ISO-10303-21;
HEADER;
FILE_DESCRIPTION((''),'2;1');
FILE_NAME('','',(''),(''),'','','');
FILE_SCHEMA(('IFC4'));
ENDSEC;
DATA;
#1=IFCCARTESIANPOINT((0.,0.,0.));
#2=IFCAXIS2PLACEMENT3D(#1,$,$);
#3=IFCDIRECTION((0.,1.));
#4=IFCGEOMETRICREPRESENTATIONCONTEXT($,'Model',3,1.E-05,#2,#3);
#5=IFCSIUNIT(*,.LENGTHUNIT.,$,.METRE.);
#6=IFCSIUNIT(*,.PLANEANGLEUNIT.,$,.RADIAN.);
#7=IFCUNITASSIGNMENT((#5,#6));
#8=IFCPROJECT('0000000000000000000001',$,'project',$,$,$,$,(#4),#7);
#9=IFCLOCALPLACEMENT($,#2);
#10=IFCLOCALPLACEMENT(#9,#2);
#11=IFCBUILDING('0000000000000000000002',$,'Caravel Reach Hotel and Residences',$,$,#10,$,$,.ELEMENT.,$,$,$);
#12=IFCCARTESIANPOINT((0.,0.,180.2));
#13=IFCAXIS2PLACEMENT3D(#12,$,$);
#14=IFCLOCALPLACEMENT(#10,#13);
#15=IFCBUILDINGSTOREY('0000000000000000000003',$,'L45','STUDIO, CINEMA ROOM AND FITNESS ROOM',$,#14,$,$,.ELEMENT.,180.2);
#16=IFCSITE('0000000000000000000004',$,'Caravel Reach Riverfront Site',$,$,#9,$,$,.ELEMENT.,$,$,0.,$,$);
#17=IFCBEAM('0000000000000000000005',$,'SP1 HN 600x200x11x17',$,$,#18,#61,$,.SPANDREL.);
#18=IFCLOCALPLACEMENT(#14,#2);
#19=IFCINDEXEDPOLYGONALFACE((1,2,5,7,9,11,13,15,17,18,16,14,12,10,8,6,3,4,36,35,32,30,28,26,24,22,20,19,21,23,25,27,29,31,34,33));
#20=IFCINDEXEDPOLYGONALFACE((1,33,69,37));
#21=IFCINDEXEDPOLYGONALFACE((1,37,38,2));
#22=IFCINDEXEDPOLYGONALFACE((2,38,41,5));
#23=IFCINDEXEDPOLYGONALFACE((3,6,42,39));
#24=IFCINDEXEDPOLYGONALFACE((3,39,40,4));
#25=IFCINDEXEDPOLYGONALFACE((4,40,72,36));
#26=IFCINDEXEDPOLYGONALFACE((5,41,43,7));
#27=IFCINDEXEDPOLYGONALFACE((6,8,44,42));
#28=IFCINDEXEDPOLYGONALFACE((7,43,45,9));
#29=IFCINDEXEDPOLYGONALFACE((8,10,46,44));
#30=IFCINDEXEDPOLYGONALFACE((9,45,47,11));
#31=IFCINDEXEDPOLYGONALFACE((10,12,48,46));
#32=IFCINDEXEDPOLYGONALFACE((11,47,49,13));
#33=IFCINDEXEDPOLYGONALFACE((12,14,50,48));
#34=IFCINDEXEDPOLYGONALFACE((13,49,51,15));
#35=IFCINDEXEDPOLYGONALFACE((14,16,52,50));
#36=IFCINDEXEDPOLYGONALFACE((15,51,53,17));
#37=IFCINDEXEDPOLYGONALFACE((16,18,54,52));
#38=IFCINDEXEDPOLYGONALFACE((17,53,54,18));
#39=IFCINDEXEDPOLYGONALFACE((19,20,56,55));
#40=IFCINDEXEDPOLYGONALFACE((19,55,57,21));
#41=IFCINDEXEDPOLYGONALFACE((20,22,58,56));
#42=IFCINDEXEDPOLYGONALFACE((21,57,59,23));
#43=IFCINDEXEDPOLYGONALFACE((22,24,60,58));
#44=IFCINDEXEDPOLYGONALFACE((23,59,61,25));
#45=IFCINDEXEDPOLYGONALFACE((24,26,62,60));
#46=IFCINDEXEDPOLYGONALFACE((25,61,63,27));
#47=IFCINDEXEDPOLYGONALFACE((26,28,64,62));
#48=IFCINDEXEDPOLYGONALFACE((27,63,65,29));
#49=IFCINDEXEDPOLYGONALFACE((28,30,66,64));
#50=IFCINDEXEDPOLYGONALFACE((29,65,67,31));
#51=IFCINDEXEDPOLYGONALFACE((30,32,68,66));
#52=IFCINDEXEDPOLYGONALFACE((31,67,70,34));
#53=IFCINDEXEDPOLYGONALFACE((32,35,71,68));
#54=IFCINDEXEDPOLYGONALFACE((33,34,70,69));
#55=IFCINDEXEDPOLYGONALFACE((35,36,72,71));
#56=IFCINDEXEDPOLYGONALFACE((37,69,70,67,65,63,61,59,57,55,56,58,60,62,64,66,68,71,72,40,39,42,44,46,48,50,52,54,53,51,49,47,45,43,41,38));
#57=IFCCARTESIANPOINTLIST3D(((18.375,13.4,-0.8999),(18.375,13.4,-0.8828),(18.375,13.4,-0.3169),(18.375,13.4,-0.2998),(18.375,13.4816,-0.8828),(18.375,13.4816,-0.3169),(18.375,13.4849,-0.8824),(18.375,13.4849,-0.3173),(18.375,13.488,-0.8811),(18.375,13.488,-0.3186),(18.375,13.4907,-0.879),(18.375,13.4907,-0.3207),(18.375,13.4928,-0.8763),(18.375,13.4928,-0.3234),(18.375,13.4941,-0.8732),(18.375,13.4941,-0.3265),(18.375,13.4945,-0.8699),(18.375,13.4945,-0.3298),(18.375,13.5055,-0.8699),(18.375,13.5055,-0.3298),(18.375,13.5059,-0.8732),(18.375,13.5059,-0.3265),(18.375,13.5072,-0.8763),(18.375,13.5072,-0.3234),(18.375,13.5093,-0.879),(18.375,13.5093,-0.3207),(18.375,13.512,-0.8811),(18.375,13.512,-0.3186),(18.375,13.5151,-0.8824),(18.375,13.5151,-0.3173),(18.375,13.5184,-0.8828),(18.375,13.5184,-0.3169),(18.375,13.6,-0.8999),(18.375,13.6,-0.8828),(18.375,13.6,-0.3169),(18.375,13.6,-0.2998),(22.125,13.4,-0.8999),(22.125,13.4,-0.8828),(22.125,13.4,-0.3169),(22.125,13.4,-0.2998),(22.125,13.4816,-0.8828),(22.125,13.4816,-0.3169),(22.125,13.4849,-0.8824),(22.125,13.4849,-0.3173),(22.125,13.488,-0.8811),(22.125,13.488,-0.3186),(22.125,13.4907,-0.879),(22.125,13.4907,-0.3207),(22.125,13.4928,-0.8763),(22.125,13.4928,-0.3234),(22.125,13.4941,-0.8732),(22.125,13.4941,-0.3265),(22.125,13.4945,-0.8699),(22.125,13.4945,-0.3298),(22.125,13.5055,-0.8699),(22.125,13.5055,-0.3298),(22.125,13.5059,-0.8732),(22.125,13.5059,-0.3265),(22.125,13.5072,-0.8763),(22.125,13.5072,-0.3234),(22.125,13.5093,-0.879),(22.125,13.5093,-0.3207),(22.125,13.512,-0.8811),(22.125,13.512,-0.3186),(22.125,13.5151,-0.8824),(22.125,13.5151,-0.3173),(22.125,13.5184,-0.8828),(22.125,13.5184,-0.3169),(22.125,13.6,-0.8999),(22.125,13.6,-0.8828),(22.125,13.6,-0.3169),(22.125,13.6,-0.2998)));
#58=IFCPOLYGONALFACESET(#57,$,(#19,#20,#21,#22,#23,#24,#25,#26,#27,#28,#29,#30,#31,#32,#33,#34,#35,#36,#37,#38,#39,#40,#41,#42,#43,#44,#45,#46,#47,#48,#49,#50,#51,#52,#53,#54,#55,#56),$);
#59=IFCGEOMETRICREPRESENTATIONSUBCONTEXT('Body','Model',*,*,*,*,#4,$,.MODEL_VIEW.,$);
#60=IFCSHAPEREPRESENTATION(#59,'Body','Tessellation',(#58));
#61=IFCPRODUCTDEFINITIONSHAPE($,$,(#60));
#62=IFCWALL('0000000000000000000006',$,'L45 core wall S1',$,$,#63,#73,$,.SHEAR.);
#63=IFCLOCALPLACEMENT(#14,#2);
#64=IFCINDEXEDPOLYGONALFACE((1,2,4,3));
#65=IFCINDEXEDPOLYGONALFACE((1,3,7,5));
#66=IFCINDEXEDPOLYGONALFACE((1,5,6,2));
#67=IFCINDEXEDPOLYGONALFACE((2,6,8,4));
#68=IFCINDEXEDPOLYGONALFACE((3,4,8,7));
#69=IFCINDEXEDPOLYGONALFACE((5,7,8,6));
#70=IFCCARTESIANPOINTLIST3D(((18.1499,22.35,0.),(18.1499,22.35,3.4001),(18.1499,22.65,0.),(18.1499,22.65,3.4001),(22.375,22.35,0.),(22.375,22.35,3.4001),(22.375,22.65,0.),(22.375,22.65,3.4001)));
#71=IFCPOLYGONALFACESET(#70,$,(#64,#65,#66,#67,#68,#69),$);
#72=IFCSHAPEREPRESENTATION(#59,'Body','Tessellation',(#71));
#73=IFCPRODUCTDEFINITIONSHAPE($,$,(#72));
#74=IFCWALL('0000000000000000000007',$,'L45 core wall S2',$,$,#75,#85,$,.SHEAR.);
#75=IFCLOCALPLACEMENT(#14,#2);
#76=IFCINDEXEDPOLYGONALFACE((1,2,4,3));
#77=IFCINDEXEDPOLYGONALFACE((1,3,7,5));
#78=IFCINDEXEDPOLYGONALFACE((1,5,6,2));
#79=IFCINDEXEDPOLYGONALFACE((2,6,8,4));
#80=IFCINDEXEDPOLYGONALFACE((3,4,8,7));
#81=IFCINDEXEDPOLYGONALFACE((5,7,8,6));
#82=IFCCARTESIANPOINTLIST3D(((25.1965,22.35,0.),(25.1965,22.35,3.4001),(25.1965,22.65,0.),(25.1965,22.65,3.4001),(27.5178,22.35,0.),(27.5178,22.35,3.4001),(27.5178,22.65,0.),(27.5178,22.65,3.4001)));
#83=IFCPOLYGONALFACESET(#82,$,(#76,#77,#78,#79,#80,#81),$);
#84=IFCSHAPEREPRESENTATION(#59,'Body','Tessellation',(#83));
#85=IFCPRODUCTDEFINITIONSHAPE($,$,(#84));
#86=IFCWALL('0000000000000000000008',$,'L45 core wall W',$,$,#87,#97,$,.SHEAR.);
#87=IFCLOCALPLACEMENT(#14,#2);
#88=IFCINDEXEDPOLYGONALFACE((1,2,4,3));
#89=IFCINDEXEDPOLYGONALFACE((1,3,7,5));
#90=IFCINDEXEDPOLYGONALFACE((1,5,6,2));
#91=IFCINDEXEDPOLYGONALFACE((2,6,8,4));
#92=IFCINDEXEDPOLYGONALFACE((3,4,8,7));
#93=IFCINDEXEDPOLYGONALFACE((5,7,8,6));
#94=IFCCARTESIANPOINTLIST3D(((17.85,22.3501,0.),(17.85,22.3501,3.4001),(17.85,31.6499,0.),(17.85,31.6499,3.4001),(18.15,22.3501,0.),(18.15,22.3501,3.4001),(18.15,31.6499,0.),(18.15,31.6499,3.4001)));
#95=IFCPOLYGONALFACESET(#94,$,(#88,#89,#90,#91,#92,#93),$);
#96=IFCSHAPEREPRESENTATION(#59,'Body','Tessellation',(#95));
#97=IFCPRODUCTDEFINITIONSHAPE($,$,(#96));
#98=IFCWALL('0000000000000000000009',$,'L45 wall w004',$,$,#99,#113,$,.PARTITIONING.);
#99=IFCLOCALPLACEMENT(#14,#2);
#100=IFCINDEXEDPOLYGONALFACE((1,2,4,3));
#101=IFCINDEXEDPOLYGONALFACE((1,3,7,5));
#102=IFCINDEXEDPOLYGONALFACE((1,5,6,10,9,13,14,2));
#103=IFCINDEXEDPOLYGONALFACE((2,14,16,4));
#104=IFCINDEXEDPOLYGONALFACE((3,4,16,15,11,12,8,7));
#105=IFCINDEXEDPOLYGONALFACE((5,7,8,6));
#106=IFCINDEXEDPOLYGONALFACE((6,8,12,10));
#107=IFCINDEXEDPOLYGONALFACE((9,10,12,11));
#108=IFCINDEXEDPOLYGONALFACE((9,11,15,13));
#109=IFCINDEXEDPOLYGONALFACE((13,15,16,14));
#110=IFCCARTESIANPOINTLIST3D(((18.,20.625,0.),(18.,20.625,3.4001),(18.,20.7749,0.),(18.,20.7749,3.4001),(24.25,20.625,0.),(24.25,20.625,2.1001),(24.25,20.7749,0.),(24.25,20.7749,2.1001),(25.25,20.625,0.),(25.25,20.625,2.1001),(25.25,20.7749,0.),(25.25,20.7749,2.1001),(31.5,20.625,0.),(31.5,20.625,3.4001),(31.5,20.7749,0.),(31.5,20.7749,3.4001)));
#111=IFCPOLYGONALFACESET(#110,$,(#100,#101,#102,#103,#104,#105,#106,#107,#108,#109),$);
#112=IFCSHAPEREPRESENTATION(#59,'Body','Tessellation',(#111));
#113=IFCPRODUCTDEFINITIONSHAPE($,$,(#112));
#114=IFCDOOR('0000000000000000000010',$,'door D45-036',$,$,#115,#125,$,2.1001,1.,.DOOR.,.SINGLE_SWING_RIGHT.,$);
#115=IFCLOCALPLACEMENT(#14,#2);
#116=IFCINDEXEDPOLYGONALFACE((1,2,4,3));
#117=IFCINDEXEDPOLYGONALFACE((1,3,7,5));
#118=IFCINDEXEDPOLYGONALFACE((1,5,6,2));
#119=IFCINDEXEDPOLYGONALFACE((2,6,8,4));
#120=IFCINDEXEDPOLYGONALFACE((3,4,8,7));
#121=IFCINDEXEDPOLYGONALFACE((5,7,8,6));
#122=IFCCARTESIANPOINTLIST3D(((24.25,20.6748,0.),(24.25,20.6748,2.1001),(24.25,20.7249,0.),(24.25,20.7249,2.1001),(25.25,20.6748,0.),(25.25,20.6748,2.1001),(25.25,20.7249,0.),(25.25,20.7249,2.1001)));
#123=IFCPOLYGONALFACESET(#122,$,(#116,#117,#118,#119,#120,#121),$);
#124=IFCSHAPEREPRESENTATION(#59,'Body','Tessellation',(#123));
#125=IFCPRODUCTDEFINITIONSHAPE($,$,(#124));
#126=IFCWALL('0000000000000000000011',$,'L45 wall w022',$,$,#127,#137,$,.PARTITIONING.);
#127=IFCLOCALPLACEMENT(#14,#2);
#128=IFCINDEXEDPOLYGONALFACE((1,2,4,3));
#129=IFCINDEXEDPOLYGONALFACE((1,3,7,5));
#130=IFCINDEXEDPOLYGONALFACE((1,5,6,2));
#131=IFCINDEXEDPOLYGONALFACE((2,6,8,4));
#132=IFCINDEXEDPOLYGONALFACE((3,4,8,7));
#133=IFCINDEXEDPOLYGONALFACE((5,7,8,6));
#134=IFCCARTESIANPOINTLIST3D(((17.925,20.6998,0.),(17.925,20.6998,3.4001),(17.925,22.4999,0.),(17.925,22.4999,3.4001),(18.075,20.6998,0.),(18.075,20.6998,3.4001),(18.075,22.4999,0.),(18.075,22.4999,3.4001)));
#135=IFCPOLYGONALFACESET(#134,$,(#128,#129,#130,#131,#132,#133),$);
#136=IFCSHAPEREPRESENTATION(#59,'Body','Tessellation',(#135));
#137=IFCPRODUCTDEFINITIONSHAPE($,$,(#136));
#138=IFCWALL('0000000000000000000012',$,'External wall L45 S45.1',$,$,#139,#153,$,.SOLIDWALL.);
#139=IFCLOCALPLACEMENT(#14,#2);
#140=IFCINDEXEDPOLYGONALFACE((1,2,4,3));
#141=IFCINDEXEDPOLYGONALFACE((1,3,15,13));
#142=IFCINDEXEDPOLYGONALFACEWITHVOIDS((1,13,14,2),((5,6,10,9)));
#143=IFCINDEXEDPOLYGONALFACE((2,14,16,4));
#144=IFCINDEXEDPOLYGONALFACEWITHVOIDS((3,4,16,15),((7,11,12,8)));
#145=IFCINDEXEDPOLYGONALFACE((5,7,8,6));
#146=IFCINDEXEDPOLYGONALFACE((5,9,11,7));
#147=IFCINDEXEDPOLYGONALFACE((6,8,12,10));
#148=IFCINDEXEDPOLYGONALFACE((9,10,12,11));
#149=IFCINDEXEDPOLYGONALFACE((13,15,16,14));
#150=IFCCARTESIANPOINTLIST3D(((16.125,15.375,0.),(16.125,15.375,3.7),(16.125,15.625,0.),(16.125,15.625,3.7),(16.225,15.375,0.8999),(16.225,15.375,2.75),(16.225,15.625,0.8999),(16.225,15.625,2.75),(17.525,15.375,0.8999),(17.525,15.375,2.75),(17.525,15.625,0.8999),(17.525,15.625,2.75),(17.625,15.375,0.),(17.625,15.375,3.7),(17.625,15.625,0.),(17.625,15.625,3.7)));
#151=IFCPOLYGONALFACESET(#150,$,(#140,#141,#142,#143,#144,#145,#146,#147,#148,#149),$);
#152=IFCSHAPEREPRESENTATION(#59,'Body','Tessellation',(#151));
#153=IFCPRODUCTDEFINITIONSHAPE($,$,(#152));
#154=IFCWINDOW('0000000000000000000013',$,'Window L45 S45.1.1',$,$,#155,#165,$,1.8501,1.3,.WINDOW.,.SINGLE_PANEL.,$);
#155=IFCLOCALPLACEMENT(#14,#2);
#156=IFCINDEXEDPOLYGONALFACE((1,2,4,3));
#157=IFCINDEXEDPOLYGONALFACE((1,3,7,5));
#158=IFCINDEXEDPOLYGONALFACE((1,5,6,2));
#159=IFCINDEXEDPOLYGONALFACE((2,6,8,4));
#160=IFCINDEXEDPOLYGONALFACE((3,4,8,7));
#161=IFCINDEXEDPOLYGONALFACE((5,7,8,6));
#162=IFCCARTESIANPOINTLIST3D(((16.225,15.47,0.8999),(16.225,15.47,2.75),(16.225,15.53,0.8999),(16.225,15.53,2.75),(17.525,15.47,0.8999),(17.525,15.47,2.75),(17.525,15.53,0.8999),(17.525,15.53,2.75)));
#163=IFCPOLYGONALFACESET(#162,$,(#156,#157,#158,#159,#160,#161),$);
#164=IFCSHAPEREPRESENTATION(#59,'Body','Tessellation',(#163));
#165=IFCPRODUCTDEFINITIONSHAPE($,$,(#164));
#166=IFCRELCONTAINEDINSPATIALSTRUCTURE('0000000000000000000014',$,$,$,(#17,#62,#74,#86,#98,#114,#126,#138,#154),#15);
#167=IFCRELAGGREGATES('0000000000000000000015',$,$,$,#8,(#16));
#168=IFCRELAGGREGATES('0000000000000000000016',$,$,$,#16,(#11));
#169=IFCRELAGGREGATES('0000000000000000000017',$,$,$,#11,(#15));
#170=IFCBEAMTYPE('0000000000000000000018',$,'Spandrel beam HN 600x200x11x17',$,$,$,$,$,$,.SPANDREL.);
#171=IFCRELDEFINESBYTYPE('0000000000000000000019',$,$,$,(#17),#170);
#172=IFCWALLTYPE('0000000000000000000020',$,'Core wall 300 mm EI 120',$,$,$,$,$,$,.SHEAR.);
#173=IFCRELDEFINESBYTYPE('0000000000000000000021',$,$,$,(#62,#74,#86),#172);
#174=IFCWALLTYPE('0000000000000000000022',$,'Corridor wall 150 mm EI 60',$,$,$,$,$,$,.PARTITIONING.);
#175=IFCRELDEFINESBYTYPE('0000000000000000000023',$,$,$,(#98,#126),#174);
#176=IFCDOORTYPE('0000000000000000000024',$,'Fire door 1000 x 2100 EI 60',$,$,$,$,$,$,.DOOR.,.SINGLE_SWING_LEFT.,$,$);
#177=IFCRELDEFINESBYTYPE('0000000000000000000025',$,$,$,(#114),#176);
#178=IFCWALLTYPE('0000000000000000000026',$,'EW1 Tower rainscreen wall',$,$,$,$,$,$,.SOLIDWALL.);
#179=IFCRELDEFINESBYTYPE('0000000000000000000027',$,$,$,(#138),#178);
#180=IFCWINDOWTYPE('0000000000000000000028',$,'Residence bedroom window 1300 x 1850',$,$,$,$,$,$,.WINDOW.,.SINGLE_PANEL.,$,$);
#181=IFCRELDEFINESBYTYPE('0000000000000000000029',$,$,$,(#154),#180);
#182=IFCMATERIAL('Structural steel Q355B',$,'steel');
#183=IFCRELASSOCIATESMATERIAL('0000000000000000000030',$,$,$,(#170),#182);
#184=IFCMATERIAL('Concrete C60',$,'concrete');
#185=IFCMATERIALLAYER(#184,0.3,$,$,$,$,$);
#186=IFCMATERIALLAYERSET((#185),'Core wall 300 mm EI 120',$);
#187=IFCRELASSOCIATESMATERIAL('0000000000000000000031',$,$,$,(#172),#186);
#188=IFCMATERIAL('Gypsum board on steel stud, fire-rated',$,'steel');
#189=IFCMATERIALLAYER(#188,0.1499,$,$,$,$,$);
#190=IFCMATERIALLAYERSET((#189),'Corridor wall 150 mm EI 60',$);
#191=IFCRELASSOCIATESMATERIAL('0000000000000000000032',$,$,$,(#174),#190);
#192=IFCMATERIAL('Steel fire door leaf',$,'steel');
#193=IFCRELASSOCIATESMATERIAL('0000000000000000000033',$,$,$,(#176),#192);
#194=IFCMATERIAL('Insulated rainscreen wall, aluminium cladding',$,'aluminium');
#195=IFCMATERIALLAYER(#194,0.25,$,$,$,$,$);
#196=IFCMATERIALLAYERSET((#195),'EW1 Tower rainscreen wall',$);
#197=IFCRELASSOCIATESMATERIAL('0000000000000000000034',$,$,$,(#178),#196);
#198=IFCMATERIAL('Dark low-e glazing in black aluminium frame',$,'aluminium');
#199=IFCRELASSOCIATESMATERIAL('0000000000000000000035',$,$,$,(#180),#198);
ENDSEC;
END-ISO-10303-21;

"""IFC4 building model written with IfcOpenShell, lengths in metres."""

from ifc_helpers import new_model, si_unit, direction, frame, frame_2d, origin, origin_2d, place, context, subcontext, project, spatial, rectangle, i_section, extrude, material, layer, layer_set, material_profile, profile_set, type_object, element, fill, save


model = new_model("IFC4")

# Units and contexts
model_context = context("Model", 3, precision=1e-05, world=origin(), true_north=direction((0.0, 1.0)))
body_context = subcontext(model_context, "Body", "Model", "MODEL_VIEW")
ifc_project = project(units=[si_unit("LENGTHUNIT", "METRE"), si_unit("PLANEANGLEUNIT", "RADIAN")], contexts=[model_context])

# Site, building, storey
site_placement = place(None, origin())
site = spatial("IfcSite", under=ifc_project, at=site_placement, Name="Caravel Reach Riverfront Site", CompositionType="ELEMENT", RefElevation=0.0)
building_placement = place(site_placement, origin())
building = spatial("IfcBuilding", under=site, at=building_placement, Name="Caravel Reach Hotel and Residences", CompositionType="ELEMENT")
storey_placement = place(building_placement, frame((0.0, 0.0, 180.2)))
storey = spatial("IfcBuildingStorey", under=building, at=storey_placement, Name="L45", Description="STUDIO, CINEMA ROOM AND FITNESS ROOM", CompositionType="ELEMENT", Elevation=180.2)

# Beam
ifc_material_1 = material(Name="Structural steel Q355B", Category="steel")
ifc_material_profile_1 = material_profile(ifc_material_1, i_section(OverallWidth=0.2, OverallDepth=0.6001, WebThickness=0.011, FlangeThickness=0.0171, FilletRadius=0.0129, at=origin_2d()), Name="HN 600x200x11x17")
ifc_profile_set_1 = profile_set([ifc_material_profile_1], Name="Structural steel Q355B")
beam_type_1 = type_object("IfcBeamType", Name="Spandrel beam HN 600x200x11x17", PredefinedType="SPANDREL", material=ifc_profile_set_1)
beam_1_placement = place(storey_placement, frame((18.375, 13.5, -0.5999), z_axis=(1.0, 0.0, 0.0), x_axis=(0.0, 1.0, 0.0)))
element("IfcBeam", 1, at=beam_1_placement, inside=storey, type_object=beam_type_1, Name="SP1 HN 600x200x11x17", PredefinedType="SPANDREL", context=body_context, shape_type="SweptSolid", body=[
    extrude(i_section(OverallWidth=0.2, OverallDepth=0.6001, WebThickness=0.011, FlangeThickness=0.0171, FilletRadius=0.0129, at=origin_2d()), origin(), (0.0, 0.0, 1.0), 3.75),
])

# Walls
ifc_material_2 = material(Name="Concrete C60", Category="concrete")
ifc_layer_1 = layer(ifc_material_2, 0.3)
ifc_layer_set_1 = layer_set([ifc_layer_1], Name="Core wall 300 mm EI 120")
wall_type_1 = type_object("IfcWallType", Name="Core wall 300 mm EI 120", PredefinedType="SHEAR", material=ifc_layer_set_1)
wall_1_placement = place(storey_placement, frame((18.1499, 22.5, 0.0), z_axis=(0.0, 0.0, 1.0), x_axis=(1.0, 0.0, 0.0)))
element("IfcWall", 2, at=wall_1_placement, inside=storey, type_object=wall_type_1, Name="L45 core wall S1", PredefinedType="SHEAR", context=body_context, shape_type="SweptSolid", body=[
    extrude(rectangle(XDim=4.2251, YDim=0.3, at=frame_2d((2.1125, 0.0))), origin(), (0.0, 0.0, 1.0), 3.4001),
])
wall_2_placement = place(storey_placement, frame((25.1965, 22.5, 0.0), z_axis=(0.0, 0.0, 1.0), x_axis=(1.0, 0.0, 0.0)))
element("IfcWall", 3, at=wall_2_placement, inside=storey, type_object=wall_type_1, Name="L45 core wall S2", PredefinedType="SHEAR", context=body_context, shape_type="SweptSolid", body=[
    extrude(rectangle(XDim=2.3213, YDim=0.3, at=frame_2d((1.1606, 0.0))), origin(), (0.0, 0.0, 1.0), 3.4001),
])
wall_3_placement = place(storey_placement, frame((18.0, 22.3501, 0.0), z_axis=(0.0, 0.0, 1.0), x_axis=(0.0, 1.0, 0.0)))
element("IfcWall", 4, at=wall_3_placement, inside=storey, type_object=wall_type_1, Name="L45 core wall W", PredefinedType="SHEAR", context=body_context, shape_type="SweptSolid", body=[
    extrude(rectangle(XDim=9.2998, YDim=0.3, at=frame_2d((4.6499, 0.0))), origin(), (0.0, 0.0, 1.0), 3.4001),
])

# Wall, opening, door
ifc_material_3 = material(Name="Gypsum board on steel stud, fire-rated", Category="steel")
ifc_layer_2 = layer(ifc_material_3, 0.1499)
ifc_layer_set_2 = layer_set([ifc_layer_2], Name="Corridor wall 150 mm EI 60")
wall_type_2 = type_object("IfcWallType", Name="Corridor wall 150 mm EI 60", PredefinedType="PARTITIONING", material=ifc_layer_set_2)
wall_4_placement = place(storey_placement, frame((18.0, 20.7, 0.0), z_axis=(0.0, 0.0, 1.0), x_axis=(1.0, 0.0, 0.0)))
wall_4 = element("IfcWall", 5, at=wall_4_placement, inside=storey, type_object=wall_type_2, Name="L45 wall w004", PredefinedType="PARTITIONING", context=body_context, shape_type="SweptSolid", body=[
    extrude(rectangle(XDim=13.5, YDim=0.1499, at=frame_2d((6.75, 0.0))), origin(), (0.0, 0.0, 1.0), 3.4001),
])
opening_1_placement = place(wall_4_placement, frame((6.25, 0.0, 0.0)))
opening_1 = element("IfcOpeningElement", 6, at=opening_1_placement, cuts=wall_4, PredefinedType="OPENING", context=body_context, shape_type="SweptSolid", body=[
    extrude(rectangle(XDim=1.0, YDim=2.1001, at=frame_2d((0.5, 1.05))), frame((0.0, 0.085, 0.0), z_axis=(0.0, -1.0, 0.0), x_axis=(1.0, 0.0, 0.0)), (0.0, 0.0, 1.0), 0.1699),
])
ifc_material_4 = material(Name="Steel fire door leaf", Category="steel")
door_type_1 = type_object("IfcDoorType", Name="Fire door 1000 x 2100 EI 60", OperationType="SINGLE_SWING_LEFT", PredefinedType="DOOR", material=ifc_material_4)
door_1_placement = place(opening_1_placement, origin())
door_1 = element("IfcDoor", 7, at=door_1_placement, inside=storey, type_object=door_type_1, Name="door D45-036", OperationType="SINGLE_SWING_RIGHT", OverallHeight=2.1001, OverallWidth=1.0, PredefinedType="DOOR", context=body_context, shape_type="SweptSolid", body=[
    extrude(rectangle(XDim=1.0, YDim=2.1001, at=frame_2d((0.5, 1.05))), frame((0.0, 0.0249, 0.0), z_axis=(0.0, -1.0, 0.0), x_axis=(1.0, 0.0, 0.0)), (0.0, 0.0, 1.0), 0.05),
])
fill(opening_1, door_1)

# Wall
wall_5_placement = place(storey_placement, frame((18.0, 20.7, 0.0), z_axis=(0.0, 0.0, 1.0), x_axis=(0.0, 1.0, 0.0)))
element("IfcWall", 8, at=wall_5_placement, inside=storey, type_object=wall_type_2, Name="L45 wall w022", PredefinedType="PARTITIONING", context=body_context, shape_type="SweptSolid", body=[
    extrude(rectangle(XDim=1.8, YDim=0.1499, at=frame_2d((0.8999, 0.0))), origin(), (0.0, 0.0, 1.0), 3.4001),
])

# Wall, opening, window
ifc_material_5 = material(Name="Insulated rainscreen wall, aluminium cladding", Category="aluminium")
ifc_layer_3 = layer(ifc_material_5, 0.25)
ifc_layer_set_3 = layer_set([ifc_layer_3], Name="EW1 Tower rainscreen wall")
wall_type_3 = type_object("IfcWallType", Name="EW1 Tower rainscreen wall", PredefinedType="SOLIDWALL", material=ifc_layer_set_3)
wall_6_placement = place(storey_placement, frame((16.125, 15.5, 0.0), z_axis=(0.0, 0.0, 1.0), x_axis=(1.0, 0.0, 0.0)))
wall_6 = element("IfcWall", 9, at=wall_6_placement, inside=storey, type_object=wall_type_3, Name="External wall L45 S45.1", PredefinedType="SOLIDWALL", context=body_context, shape_type="SweptSolid", body=[
    extrude(rectangle(XDim=1.5, YDim=0.25, at=frame_2d((0.75, 0.0))), origin(), (0.0, 0.0, 1.0), 3.7),
])
opening_2_placement = place(wall_6_placement, frame((0.1001, 0.0, 0.8999)))
opening_2 = element("IfcOpeningElement", 10, at=opening_2_placement, cuts=wall_6, PredefinedType="OPENING", context=body_context, shape_type="SweptSolid", body=[
    extrude(rectangle(XDim=1.3, YDim=1.8501, at=frame_2d((0.6499, 0.925))), frame((0.0, 0.135, 0.0), z_axis=(0.0, -1.0, 0.0), x_axis=(1.0, 0.0, 0.0)), (0.0, 0.0, 1.0), 0.27),
])
ifc_material_6 = material(Name="Dark low-e glazing in black aluminium frame", Category="aluminium")
window_type = type_object("IfcWindowType", Name="Residence bedroom window 1300 x 1850", PartitioningType="SINGLE_PANEL", PredefinedType="WINDOW", material=ifc_material_6)
window_1_placement = place(opening_2_placement, origin())
window_1 = element("IfcWindow", 11, at=window_1_placement, inside=storey, type_object=window_type, Name="Window L45 S45.1.1", OverallHeight=1.8501, OverallWidth=1.3, PartitioningType="SINGLE_PANEL", PredefinedType="WINDOW", context=body_context, shape_type="SweptSolid", body=[
    extrude(rectangle(XDim=1.3, YDim=1.8501, at=frame_2d((0.6499, 0.925))), frame((0.0, 0.03, 0.0), z_axis=(0.0, -1.0, 0.0), x_axis=(1.0, 0.0, 0.0)), (0.0, 0.0, 1.0), 0.0601),
])
fill(opening_2, window_1)

save(model, "model.ifc")
